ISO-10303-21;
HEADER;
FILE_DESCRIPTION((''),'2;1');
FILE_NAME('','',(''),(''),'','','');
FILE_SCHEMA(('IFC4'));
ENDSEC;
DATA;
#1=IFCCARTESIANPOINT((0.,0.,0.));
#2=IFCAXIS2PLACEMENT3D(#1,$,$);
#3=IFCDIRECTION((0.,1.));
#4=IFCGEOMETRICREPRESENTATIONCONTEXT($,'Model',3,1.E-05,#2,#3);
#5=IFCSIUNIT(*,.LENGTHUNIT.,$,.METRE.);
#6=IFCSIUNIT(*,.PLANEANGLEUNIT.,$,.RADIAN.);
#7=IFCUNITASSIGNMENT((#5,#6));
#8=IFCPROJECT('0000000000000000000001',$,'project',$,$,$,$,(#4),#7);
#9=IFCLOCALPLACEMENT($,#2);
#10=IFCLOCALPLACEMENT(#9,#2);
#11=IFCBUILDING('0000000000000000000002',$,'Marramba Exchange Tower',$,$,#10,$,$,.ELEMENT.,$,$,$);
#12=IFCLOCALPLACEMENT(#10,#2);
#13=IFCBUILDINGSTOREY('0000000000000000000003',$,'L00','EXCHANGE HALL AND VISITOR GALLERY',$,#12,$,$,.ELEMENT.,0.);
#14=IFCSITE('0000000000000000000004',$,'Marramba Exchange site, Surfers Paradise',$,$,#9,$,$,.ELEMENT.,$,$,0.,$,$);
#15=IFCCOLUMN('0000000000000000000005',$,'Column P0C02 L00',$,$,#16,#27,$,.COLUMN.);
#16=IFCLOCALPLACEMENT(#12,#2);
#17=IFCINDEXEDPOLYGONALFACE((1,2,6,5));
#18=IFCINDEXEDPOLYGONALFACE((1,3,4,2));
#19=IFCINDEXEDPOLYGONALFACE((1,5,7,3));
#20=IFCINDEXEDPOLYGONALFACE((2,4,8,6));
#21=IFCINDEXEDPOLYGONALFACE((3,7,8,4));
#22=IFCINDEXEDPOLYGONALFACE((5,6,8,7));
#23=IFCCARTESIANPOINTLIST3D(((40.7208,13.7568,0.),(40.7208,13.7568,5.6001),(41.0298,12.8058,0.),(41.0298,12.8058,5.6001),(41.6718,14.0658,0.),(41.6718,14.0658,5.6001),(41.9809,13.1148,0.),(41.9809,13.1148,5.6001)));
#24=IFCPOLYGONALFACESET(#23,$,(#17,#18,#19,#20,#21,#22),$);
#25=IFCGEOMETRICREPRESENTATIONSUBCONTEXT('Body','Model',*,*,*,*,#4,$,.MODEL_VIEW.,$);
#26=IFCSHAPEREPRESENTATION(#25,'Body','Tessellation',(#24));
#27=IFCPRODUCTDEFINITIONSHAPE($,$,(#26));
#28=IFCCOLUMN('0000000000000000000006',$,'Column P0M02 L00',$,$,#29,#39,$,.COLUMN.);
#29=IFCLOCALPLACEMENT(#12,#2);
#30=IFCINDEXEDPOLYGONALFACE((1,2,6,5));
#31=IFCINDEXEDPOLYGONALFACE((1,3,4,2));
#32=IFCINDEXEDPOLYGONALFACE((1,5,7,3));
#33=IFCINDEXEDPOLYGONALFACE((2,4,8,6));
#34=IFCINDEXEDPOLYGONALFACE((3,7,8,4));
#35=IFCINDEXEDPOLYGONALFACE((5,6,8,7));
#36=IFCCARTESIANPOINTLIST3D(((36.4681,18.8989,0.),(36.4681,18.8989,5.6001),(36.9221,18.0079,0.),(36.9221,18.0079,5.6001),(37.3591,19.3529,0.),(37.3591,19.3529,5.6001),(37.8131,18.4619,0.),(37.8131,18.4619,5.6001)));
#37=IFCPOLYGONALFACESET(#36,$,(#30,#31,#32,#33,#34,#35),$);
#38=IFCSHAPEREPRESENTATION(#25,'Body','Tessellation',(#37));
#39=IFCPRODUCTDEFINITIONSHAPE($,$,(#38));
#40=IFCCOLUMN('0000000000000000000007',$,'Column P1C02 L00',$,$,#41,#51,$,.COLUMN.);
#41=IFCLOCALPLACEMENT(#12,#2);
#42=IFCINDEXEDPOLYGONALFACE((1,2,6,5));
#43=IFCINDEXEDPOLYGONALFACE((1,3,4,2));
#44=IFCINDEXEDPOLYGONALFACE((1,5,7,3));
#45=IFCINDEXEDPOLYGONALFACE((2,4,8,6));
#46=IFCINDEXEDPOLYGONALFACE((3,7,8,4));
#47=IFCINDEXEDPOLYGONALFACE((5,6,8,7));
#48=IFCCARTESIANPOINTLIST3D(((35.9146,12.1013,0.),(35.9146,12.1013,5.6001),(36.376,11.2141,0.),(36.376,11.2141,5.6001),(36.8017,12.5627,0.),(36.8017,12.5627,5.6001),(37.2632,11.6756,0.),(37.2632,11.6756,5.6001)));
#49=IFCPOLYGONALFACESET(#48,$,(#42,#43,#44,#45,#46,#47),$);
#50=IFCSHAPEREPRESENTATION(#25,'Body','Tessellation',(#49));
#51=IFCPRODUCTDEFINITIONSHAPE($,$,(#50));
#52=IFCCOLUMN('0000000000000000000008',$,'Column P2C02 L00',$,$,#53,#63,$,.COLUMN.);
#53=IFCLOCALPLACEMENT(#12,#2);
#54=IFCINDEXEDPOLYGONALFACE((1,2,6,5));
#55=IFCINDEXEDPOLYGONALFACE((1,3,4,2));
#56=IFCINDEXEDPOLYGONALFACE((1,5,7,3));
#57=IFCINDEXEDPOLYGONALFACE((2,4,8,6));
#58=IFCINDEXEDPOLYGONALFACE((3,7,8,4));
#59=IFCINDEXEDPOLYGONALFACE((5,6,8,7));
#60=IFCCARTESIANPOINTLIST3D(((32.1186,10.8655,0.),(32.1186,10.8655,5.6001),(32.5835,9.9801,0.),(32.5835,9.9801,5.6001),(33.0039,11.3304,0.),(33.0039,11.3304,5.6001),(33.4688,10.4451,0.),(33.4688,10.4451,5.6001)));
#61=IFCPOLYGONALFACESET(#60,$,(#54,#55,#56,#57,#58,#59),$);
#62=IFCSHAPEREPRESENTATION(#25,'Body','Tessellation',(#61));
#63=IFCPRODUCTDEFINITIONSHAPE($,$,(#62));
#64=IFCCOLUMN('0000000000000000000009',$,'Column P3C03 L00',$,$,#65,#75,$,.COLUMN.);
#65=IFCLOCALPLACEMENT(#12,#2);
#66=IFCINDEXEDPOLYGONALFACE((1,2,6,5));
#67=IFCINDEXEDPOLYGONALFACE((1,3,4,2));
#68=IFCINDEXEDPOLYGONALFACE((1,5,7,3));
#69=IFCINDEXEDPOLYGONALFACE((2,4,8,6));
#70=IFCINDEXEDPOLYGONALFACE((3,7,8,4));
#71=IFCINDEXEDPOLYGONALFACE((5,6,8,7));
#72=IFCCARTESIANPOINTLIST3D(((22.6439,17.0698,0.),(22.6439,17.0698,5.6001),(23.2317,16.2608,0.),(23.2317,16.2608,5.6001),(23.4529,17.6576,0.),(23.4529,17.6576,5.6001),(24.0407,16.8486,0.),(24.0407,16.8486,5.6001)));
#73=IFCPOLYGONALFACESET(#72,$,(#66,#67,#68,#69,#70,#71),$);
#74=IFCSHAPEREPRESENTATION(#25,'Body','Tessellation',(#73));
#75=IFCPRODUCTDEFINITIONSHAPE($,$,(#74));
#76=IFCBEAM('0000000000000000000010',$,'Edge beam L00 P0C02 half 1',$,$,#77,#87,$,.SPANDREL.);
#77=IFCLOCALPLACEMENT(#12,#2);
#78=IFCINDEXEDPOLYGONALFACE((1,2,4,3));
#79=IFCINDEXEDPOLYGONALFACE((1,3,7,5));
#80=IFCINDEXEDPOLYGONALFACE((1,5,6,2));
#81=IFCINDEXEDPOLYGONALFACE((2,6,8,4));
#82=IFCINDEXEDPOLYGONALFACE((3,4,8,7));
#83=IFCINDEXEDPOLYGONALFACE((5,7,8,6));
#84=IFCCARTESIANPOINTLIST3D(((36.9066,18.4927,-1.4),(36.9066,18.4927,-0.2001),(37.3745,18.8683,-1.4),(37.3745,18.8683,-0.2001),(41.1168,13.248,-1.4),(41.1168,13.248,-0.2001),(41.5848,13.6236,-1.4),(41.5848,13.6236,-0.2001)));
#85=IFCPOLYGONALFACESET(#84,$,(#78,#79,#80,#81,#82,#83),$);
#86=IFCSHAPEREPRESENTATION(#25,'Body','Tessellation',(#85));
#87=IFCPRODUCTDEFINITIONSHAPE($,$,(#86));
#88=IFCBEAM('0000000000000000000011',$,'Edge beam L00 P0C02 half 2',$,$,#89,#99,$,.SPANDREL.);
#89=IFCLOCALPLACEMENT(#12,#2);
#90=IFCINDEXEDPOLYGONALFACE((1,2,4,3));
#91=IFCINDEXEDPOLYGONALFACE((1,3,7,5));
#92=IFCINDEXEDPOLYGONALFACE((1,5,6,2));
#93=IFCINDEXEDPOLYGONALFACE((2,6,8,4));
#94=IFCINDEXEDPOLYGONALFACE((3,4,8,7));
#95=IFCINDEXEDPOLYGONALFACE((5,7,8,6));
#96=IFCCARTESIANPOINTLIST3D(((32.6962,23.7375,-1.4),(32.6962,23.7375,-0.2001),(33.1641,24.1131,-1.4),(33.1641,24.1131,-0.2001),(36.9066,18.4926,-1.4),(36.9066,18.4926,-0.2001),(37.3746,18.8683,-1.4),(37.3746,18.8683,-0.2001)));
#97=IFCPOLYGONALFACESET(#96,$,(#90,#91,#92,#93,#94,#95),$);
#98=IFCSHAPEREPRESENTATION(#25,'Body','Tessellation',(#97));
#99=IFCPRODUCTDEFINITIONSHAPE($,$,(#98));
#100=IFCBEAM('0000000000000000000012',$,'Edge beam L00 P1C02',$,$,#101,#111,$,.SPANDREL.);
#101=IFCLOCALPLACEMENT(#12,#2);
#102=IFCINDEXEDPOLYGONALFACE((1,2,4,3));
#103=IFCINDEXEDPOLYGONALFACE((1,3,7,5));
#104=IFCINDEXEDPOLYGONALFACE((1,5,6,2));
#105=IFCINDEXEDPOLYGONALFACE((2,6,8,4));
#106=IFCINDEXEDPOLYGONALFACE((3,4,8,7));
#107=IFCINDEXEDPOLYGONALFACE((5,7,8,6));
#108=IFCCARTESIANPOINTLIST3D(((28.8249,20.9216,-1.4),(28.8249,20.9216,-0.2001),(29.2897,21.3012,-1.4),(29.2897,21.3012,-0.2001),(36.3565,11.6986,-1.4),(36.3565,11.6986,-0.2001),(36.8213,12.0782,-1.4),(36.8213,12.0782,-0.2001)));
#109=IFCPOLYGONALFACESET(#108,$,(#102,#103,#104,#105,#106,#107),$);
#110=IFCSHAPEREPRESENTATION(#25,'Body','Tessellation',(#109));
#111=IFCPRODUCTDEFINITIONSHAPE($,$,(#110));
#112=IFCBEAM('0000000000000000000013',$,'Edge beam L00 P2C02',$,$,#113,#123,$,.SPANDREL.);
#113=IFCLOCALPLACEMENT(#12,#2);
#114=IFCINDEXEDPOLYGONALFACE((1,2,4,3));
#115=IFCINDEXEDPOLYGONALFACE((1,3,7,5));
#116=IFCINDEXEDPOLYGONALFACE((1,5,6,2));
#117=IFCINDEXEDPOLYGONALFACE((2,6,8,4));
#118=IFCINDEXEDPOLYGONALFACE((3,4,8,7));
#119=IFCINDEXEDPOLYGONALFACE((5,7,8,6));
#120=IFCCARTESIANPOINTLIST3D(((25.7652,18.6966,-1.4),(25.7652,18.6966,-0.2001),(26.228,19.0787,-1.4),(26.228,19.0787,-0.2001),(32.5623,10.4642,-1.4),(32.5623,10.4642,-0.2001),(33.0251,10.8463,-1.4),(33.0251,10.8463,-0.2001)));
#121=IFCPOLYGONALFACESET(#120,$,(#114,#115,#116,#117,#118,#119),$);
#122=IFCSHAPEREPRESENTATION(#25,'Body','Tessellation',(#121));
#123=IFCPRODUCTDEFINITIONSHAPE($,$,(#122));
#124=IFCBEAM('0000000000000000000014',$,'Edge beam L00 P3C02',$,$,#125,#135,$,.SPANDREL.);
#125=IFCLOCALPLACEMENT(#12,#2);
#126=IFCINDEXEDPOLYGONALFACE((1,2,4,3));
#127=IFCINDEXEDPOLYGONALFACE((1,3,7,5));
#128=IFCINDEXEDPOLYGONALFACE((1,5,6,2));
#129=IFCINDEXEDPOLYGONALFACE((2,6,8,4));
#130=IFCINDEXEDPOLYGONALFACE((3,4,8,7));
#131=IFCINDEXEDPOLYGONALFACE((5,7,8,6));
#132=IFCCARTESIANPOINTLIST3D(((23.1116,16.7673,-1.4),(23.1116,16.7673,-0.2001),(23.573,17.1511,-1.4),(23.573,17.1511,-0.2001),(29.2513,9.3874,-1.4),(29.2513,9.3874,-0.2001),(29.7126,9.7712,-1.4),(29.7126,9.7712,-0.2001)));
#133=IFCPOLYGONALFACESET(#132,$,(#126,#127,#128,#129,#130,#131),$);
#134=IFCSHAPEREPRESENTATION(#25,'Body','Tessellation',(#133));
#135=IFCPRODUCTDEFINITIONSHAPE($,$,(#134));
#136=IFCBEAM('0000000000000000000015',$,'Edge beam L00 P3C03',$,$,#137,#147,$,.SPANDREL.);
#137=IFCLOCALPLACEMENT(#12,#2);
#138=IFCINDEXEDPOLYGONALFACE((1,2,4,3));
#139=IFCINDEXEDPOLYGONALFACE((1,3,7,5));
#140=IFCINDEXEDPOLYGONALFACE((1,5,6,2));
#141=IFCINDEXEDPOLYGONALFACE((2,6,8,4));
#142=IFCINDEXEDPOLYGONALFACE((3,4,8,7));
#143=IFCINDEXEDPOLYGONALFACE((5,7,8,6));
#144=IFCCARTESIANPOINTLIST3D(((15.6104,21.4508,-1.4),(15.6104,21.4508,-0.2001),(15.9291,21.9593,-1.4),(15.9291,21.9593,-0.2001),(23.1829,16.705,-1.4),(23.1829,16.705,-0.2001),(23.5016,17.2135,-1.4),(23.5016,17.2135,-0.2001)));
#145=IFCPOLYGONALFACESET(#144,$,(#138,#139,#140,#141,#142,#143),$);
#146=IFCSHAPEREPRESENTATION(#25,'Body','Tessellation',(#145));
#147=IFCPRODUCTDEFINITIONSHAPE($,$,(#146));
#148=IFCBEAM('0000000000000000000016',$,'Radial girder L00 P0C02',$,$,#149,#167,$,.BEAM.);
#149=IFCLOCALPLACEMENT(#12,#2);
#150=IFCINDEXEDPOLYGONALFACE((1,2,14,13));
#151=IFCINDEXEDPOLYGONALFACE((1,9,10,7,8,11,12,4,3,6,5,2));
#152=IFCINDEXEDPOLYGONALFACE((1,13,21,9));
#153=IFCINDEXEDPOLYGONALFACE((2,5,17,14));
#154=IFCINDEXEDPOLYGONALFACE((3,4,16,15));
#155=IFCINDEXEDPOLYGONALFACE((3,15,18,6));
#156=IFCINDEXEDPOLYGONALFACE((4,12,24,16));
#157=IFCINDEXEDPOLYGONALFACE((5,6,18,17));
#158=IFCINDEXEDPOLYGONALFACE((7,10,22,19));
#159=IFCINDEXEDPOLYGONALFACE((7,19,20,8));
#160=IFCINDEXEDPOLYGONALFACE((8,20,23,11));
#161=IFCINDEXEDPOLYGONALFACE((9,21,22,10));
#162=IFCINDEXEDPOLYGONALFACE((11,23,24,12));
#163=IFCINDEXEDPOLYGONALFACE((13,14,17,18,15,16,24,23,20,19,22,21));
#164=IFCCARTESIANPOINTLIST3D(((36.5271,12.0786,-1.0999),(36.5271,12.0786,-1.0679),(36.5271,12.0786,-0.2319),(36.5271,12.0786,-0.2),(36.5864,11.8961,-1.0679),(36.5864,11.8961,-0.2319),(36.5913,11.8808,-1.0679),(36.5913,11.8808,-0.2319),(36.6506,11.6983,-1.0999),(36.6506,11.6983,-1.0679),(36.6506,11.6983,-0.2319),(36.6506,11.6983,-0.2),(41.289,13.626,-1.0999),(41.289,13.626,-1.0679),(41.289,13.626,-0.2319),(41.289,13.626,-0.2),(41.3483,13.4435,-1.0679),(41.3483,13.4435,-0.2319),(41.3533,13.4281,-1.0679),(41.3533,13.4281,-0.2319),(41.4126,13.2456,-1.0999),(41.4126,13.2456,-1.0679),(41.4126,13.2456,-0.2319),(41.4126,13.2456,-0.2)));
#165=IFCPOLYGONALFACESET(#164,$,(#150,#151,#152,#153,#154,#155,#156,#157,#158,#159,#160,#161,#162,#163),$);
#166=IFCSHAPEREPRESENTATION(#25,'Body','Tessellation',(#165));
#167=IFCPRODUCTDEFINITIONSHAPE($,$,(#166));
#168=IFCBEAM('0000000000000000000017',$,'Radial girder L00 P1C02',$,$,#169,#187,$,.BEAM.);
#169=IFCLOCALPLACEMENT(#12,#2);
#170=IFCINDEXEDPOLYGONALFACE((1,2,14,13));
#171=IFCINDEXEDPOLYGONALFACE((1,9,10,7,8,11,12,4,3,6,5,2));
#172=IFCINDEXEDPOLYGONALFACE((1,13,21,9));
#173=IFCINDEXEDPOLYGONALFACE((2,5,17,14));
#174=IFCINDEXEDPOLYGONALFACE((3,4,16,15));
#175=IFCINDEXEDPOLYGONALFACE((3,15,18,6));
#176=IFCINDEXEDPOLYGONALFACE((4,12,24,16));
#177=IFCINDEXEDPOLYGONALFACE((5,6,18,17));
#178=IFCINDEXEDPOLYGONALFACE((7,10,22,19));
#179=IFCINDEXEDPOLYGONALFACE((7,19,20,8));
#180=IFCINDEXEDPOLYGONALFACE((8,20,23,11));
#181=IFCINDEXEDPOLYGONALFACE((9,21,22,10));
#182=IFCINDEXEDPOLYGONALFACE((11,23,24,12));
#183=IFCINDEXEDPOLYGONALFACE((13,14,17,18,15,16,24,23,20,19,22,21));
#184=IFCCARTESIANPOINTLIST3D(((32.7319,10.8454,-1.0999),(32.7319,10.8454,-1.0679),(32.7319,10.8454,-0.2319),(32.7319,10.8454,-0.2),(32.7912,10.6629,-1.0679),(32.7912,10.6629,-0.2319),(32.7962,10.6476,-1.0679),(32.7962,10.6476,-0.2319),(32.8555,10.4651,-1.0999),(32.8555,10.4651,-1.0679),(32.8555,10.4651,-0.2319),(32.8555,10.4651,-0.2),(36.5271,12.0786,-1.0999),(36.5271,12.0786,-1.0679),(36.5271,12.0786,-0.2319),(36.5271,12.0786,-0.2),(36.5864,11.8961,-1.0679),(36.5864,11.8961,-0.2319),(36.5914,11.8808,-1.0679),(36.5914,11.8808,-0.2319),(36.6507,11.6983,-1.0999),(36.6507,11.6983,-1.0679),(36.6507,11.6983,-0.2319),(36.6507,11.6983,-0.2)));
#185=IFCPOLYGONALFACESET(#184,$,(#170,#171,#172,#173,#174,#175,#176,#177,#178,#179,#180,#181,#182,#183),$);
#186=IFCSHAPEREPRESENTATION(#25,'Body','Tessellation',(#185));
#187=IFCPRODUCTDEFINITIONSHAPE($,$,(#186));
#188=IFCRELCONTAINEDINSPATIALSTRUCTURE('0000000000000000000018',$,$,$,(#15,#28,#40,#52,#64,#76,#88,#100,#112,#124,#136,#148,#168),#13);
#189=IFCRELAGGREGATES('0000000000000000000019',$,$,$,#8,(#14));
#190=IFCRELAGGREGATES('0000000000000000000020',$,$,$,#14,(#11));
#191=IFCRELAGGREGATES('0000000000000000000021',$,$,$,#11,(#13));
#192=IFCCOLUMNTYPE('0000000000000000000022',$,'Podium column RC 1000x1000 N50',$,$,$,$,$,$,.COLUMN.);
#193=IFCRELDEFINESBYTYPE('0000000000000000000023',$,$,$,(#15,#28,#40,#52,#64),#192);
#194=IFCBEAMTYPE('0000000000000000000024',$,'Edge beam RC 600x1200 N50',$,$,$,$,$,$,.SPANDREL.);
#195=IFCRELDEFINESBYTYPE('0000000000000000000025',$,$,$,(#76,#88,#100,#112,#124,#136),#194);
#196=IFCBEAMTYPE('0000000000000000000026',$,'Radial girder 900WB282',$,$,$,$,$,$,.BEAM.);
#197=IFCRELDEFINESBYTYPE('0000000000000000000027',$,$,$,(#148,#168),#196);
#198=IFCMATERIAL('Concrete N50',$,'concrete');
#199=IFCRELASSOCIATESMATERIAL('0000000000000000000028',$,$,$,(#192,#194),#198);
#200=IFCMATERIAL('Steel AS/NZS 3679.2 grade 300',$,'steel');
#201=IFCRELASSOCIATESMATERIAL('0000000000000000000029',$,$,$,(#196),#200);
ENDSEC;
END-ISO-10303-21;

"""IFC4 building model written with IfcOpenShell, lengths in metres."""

from ifc_helpers import new_model, si_unit, direction, frame, origin, origin_2d, place, context, subcontext, project, spatial, rectangle, i_section, extrude, material, material_profile, profile_set, type_object, element, save


model = new_model("IFC4")

# Units and contexts
model_context = context("Model", 3, precision=1e-05, world=origin(), true_north=direction((0.0, 1.0)))
body_context = subcontext(model_context, "Body", "Model", "MODEL_VIEW")
ifc_project = project(units=[si_unit("LENGTHUNIT", "METRE"), si_unit("PLANEANGLEUNIT", "RADIAN")], contexts=[model_context])

# Site, building, storey
site_placement = place(None, origin())
site = spatial("IfcSite", under=ifc_project, at=site_placement, Name="Marramba Exchange site, Surfers Paradise", CompositionType="ELEMENT", RefElevation=0.0)
building_placement = place(site_placement, origin())
building = spatial("IfcBuilding", under=site, at=building_placement, Name="Marramba Exchange Tower", CompositionType="ELEMENT")
storey_placement = place(building_placement, origin())
storey = spatial("IfcBuildingStorey", under=building, at=storey_placement, Name="L00", Description="EXCHANGE HALL AND VISITOR GALLERY", CompositionType="ELEMENT", Elevation=0.0)

# Columns
ifc_material_1 = material(Name="Concrete N50", Category="concrete")
ifc_material_profile_1 = material_profile(ifc_material_1, rectangle(XDim=1.0, YDim=1.0, at=origin_2d()), Name="RC 1000x1000")
ifc_profile_set_1 = profile_set([ifc_material_profile_1], Name="Concrete N50")
column_type = type_object("IfcColumnType", Name="Podium column RC 1000x1000 N50", PredefinedType="COLUMN", material=ifc_profile_set_1)
for number, where, z_axis, x_axis, name in (
    (1, (41.3508, 13.4358, 0.0), (0.0, 0.0, 1.0), (0.951057, 0.309017, 0.0), "Column P0C02 L00"),
    (2, (37.1406, 18.6804, 0.0), (0.0, 0.0, 1.0), (0.891007, 0.45399, 0.0), "Column P0M02 L00"),
    (3, (36.5889, 11.8884, 0.0), (0.0, 0.0, 1.0), (0.887159, 0.461464, 0.0), "Column P1C02 L00"),
    (4, (32.7937, 10.6553, 0.0), (0.0, 0.0, 1.0), (0.885353, 0.464919, 0.0), "Column P2C02 L00"),
    (5, (23.3423, 16.9592, 0.0), (0.0, 0.0, 1.0), (0.809017, 0.587785, 0.0), "Column P3C03 L00"),
):
    element("IfcColumn", number, at=place(storey_placement, frame(where, z_axis=z_axis, x_axis=x_axis)), inside=storey, type_object=column_type, Name=name, PredefinedType="COLUMN", context=body_context, shape_type="SweptSolid", body=[
        extrude(rectangle(XDim=1.0, YDim=1.0, at=origin_2d()), origin(), (0.0, 0.0, 1.0), 5.6001),
    ])

# Beams
ifc_material_profile_2 = material_profile(ifc_material_1, rectangle(XDim=0.6001, YDim=1.2, at=origin_2d()), Name="RC 600x1200")
ifc_profile_set_2 = profile_set([ifc_material_profile_2], Name="Concrete N50")
beam_type_1 = type_object("IfcBeamType", Name="Edge beam RC 600x1200 N50", PredefinedType="SPANDREL", material=ifc_profile_set_2)
beam_1_placement = place(storey_placement, frame((41.3508, 13.4358, -0.8), z_axis=(-0.626009, 0.779816, 0.0), x_axis=(-0.779816, -0.626009, 0.0)))
element("IfcBeam", 6, at=beam_1_placement, inside=storey, type_object=beam_type_1, Name="Edge beam L00 P0C02 half 1", PredefinedType="SPANDREL", context=body_context, shape_type="SweptSolid", body=[
    extrude(rectangle(XDim=0.6001, YDim=1.2, at=origin_2d()), origin(), (0.0, 0.0, 1.0), 6.7256),
])
beam_2_placement = place(storey_placement, frame((37.1406, 18.6804, -0.8), z_axis=(-0.626013, 0.779812, 0.0), x_axis=(-0.779812, -0.626013, 0.0)))
element("IfcBeam", 7, at=beam_2_placement, inside=storey, type_object=beam_type_1, Name="Edge beam L00 P0C02 half 2", PredefinedType="SPANDREL", context=body_context, shape_type="SweptSolid", body=[
    extrude(rectangle(XDim=0.6001, YDim=1.2, at=origin_2d()), origin(), (0.0, 0.0, 1.0), 6.7258),
])
beam_3_placement = place(storey_placement, frame((36.5889, 11.8884, -0.8), z_axis=(-0.632507, 0.774554, 0.0), x_axis=(-0.774554, -0.632507, 0.0)))
element("IfcBeam", 8, at=beam_3_placement, inside=storey, type_object=beam_type_1, Name="Edge beam L00 P1C02", PredefinedType="SPANDREL", context=body_context, shape_type="SweptSolid", body=[
    extrude(rectangle(XDim=0.6001, YDim=1.2, at=origin_2d()), origin(), (0.0, 0.0, 1.0), 11.9075),
])
beam_4_placement = place(storey_placement, frame((32.7937, 10.6553, -0.8), z_axis=(-0.636682, 0.771126, 0.0), x_axis=(-0.771126, -0.636682, 0.0)))
element("IfcBeam", 9, at=beam_4_placement, inside=storey, type_object=beam_type_1, Name="Edge beam L00 P2C02", PredefinedType="SPANDREL", context=body_context, shape_type="SweptSolid", body=[
    extrude(rectangle(XDim=0.6001, YDim=1.2, at=origin_2d()), origin(), (0.0, 0.0, 1.0), 10.6758),
])
beam_5_placement = place(storey_placement, frame((29.4819, 9.5793, -0.8), z_axis=(-0.639554, 0.768746, 0.0), x_axis=(-0.768746, -0.639554, 0.0)))
element("IfcBeam", 10, at=beam_5_placement, inside=storey, type_object=beam_type_1, Name="Edge beam L00 P3C02", PredefinedType="SPANDREL", context=body_context, shape_type="SweptSolid", body=[
    extrude(rectangle(XDim=0.6001, YDim=1.2, at=origin_2d()), origin(), (0.0, 0.0, 1.0), 9.5999),
])
beam_6_placement = place(storey_placement, frame((23.3423, 16.9592, -0.8), z_axis=(-0.847342, 0.531047, 0.0), x_axis=(-0.531047, -0.847342, 0.0)))
element("IfcBeam", 11, at=beam_6_placement, inside=storey, type_object=beam_type_1, Name="Edge beam L00 P3C03", PredefinedType="SPANDREL", context=body_context, shape_type="SweptSolid", body=[
    extrude(rectangle(XDim=0.6001, YDim=1.2, at=origin_2d()), origin(), (0.0, 0.0, 1.0), 8.9368),
])
ifc_material_2 = material(Name="Steel AS/NZS 3679.2 grade 300", Category="steel")
ifc_material_profile_3 = material_profile(ifc_material_2, i_section(OverallWidth=0.3999, OverallDepth=0.8999, WebThickness=0.0161, FlangeThickness=0.032, at=origin_2d()), Name="900WB282")
ifc_profile_set_3 = profile_set([ifc_material_profile_3], Name="Steel AS/NZS 3679.2 grade 300")
beam_type_2 = type_object("IfcBeamType", Name="Radial girder 900WB282", PredefinedType="BEAM", material=ifc_profile_set_3)
beam_7_placement = place(storey_placement, frame((41.3508, 13.4358, -0.6499), z_axis=(-0.95105, -0.309036, 0.0), x_axis=(0.309036, -0.95105, 0.0)))
element("IfcBeam", 12, at=beam_7_placement, inside=storey, type_object=beam_type_2, Name="Radial girder L00 P0C02", PredefinedType="BEAM", context=body_context, shape_type="SweptSolid", body=[
    extrude(i_section(OverallWidth=0.3999, OverallDepth=0.8999, WebThickness=0.0161, FlangeThickness=0.032, at=origin_2d()), origin(), (0.0, 0.0, 1.0), 5.0071),
])
beam_8_placement = place(storey_placement, frame((36.5889, 11.8884, -0.6499), z_axis=(-0.951054, -0.309024, 0.0), x_axis=(0.309024, -0.951054, 0.0)))
element("IfcBeam", 13, at=beam_8_placement, inside=storey, type_object=beam_type_2, Name="Radial girder L00 P1C02", PredefinedType="BEAM", context=body_context, shape_type="SweptSolid", body=[
    extrude(i_section(OverallWidth=0.3999, OverallDepth=0.8999, WebThickness=0.0161, FlangeThickness=0.032, at=origin_2d()), origin(), (0.0, 0.0, 1.0), 3.9905),
])

save(model, "model.ifc")
